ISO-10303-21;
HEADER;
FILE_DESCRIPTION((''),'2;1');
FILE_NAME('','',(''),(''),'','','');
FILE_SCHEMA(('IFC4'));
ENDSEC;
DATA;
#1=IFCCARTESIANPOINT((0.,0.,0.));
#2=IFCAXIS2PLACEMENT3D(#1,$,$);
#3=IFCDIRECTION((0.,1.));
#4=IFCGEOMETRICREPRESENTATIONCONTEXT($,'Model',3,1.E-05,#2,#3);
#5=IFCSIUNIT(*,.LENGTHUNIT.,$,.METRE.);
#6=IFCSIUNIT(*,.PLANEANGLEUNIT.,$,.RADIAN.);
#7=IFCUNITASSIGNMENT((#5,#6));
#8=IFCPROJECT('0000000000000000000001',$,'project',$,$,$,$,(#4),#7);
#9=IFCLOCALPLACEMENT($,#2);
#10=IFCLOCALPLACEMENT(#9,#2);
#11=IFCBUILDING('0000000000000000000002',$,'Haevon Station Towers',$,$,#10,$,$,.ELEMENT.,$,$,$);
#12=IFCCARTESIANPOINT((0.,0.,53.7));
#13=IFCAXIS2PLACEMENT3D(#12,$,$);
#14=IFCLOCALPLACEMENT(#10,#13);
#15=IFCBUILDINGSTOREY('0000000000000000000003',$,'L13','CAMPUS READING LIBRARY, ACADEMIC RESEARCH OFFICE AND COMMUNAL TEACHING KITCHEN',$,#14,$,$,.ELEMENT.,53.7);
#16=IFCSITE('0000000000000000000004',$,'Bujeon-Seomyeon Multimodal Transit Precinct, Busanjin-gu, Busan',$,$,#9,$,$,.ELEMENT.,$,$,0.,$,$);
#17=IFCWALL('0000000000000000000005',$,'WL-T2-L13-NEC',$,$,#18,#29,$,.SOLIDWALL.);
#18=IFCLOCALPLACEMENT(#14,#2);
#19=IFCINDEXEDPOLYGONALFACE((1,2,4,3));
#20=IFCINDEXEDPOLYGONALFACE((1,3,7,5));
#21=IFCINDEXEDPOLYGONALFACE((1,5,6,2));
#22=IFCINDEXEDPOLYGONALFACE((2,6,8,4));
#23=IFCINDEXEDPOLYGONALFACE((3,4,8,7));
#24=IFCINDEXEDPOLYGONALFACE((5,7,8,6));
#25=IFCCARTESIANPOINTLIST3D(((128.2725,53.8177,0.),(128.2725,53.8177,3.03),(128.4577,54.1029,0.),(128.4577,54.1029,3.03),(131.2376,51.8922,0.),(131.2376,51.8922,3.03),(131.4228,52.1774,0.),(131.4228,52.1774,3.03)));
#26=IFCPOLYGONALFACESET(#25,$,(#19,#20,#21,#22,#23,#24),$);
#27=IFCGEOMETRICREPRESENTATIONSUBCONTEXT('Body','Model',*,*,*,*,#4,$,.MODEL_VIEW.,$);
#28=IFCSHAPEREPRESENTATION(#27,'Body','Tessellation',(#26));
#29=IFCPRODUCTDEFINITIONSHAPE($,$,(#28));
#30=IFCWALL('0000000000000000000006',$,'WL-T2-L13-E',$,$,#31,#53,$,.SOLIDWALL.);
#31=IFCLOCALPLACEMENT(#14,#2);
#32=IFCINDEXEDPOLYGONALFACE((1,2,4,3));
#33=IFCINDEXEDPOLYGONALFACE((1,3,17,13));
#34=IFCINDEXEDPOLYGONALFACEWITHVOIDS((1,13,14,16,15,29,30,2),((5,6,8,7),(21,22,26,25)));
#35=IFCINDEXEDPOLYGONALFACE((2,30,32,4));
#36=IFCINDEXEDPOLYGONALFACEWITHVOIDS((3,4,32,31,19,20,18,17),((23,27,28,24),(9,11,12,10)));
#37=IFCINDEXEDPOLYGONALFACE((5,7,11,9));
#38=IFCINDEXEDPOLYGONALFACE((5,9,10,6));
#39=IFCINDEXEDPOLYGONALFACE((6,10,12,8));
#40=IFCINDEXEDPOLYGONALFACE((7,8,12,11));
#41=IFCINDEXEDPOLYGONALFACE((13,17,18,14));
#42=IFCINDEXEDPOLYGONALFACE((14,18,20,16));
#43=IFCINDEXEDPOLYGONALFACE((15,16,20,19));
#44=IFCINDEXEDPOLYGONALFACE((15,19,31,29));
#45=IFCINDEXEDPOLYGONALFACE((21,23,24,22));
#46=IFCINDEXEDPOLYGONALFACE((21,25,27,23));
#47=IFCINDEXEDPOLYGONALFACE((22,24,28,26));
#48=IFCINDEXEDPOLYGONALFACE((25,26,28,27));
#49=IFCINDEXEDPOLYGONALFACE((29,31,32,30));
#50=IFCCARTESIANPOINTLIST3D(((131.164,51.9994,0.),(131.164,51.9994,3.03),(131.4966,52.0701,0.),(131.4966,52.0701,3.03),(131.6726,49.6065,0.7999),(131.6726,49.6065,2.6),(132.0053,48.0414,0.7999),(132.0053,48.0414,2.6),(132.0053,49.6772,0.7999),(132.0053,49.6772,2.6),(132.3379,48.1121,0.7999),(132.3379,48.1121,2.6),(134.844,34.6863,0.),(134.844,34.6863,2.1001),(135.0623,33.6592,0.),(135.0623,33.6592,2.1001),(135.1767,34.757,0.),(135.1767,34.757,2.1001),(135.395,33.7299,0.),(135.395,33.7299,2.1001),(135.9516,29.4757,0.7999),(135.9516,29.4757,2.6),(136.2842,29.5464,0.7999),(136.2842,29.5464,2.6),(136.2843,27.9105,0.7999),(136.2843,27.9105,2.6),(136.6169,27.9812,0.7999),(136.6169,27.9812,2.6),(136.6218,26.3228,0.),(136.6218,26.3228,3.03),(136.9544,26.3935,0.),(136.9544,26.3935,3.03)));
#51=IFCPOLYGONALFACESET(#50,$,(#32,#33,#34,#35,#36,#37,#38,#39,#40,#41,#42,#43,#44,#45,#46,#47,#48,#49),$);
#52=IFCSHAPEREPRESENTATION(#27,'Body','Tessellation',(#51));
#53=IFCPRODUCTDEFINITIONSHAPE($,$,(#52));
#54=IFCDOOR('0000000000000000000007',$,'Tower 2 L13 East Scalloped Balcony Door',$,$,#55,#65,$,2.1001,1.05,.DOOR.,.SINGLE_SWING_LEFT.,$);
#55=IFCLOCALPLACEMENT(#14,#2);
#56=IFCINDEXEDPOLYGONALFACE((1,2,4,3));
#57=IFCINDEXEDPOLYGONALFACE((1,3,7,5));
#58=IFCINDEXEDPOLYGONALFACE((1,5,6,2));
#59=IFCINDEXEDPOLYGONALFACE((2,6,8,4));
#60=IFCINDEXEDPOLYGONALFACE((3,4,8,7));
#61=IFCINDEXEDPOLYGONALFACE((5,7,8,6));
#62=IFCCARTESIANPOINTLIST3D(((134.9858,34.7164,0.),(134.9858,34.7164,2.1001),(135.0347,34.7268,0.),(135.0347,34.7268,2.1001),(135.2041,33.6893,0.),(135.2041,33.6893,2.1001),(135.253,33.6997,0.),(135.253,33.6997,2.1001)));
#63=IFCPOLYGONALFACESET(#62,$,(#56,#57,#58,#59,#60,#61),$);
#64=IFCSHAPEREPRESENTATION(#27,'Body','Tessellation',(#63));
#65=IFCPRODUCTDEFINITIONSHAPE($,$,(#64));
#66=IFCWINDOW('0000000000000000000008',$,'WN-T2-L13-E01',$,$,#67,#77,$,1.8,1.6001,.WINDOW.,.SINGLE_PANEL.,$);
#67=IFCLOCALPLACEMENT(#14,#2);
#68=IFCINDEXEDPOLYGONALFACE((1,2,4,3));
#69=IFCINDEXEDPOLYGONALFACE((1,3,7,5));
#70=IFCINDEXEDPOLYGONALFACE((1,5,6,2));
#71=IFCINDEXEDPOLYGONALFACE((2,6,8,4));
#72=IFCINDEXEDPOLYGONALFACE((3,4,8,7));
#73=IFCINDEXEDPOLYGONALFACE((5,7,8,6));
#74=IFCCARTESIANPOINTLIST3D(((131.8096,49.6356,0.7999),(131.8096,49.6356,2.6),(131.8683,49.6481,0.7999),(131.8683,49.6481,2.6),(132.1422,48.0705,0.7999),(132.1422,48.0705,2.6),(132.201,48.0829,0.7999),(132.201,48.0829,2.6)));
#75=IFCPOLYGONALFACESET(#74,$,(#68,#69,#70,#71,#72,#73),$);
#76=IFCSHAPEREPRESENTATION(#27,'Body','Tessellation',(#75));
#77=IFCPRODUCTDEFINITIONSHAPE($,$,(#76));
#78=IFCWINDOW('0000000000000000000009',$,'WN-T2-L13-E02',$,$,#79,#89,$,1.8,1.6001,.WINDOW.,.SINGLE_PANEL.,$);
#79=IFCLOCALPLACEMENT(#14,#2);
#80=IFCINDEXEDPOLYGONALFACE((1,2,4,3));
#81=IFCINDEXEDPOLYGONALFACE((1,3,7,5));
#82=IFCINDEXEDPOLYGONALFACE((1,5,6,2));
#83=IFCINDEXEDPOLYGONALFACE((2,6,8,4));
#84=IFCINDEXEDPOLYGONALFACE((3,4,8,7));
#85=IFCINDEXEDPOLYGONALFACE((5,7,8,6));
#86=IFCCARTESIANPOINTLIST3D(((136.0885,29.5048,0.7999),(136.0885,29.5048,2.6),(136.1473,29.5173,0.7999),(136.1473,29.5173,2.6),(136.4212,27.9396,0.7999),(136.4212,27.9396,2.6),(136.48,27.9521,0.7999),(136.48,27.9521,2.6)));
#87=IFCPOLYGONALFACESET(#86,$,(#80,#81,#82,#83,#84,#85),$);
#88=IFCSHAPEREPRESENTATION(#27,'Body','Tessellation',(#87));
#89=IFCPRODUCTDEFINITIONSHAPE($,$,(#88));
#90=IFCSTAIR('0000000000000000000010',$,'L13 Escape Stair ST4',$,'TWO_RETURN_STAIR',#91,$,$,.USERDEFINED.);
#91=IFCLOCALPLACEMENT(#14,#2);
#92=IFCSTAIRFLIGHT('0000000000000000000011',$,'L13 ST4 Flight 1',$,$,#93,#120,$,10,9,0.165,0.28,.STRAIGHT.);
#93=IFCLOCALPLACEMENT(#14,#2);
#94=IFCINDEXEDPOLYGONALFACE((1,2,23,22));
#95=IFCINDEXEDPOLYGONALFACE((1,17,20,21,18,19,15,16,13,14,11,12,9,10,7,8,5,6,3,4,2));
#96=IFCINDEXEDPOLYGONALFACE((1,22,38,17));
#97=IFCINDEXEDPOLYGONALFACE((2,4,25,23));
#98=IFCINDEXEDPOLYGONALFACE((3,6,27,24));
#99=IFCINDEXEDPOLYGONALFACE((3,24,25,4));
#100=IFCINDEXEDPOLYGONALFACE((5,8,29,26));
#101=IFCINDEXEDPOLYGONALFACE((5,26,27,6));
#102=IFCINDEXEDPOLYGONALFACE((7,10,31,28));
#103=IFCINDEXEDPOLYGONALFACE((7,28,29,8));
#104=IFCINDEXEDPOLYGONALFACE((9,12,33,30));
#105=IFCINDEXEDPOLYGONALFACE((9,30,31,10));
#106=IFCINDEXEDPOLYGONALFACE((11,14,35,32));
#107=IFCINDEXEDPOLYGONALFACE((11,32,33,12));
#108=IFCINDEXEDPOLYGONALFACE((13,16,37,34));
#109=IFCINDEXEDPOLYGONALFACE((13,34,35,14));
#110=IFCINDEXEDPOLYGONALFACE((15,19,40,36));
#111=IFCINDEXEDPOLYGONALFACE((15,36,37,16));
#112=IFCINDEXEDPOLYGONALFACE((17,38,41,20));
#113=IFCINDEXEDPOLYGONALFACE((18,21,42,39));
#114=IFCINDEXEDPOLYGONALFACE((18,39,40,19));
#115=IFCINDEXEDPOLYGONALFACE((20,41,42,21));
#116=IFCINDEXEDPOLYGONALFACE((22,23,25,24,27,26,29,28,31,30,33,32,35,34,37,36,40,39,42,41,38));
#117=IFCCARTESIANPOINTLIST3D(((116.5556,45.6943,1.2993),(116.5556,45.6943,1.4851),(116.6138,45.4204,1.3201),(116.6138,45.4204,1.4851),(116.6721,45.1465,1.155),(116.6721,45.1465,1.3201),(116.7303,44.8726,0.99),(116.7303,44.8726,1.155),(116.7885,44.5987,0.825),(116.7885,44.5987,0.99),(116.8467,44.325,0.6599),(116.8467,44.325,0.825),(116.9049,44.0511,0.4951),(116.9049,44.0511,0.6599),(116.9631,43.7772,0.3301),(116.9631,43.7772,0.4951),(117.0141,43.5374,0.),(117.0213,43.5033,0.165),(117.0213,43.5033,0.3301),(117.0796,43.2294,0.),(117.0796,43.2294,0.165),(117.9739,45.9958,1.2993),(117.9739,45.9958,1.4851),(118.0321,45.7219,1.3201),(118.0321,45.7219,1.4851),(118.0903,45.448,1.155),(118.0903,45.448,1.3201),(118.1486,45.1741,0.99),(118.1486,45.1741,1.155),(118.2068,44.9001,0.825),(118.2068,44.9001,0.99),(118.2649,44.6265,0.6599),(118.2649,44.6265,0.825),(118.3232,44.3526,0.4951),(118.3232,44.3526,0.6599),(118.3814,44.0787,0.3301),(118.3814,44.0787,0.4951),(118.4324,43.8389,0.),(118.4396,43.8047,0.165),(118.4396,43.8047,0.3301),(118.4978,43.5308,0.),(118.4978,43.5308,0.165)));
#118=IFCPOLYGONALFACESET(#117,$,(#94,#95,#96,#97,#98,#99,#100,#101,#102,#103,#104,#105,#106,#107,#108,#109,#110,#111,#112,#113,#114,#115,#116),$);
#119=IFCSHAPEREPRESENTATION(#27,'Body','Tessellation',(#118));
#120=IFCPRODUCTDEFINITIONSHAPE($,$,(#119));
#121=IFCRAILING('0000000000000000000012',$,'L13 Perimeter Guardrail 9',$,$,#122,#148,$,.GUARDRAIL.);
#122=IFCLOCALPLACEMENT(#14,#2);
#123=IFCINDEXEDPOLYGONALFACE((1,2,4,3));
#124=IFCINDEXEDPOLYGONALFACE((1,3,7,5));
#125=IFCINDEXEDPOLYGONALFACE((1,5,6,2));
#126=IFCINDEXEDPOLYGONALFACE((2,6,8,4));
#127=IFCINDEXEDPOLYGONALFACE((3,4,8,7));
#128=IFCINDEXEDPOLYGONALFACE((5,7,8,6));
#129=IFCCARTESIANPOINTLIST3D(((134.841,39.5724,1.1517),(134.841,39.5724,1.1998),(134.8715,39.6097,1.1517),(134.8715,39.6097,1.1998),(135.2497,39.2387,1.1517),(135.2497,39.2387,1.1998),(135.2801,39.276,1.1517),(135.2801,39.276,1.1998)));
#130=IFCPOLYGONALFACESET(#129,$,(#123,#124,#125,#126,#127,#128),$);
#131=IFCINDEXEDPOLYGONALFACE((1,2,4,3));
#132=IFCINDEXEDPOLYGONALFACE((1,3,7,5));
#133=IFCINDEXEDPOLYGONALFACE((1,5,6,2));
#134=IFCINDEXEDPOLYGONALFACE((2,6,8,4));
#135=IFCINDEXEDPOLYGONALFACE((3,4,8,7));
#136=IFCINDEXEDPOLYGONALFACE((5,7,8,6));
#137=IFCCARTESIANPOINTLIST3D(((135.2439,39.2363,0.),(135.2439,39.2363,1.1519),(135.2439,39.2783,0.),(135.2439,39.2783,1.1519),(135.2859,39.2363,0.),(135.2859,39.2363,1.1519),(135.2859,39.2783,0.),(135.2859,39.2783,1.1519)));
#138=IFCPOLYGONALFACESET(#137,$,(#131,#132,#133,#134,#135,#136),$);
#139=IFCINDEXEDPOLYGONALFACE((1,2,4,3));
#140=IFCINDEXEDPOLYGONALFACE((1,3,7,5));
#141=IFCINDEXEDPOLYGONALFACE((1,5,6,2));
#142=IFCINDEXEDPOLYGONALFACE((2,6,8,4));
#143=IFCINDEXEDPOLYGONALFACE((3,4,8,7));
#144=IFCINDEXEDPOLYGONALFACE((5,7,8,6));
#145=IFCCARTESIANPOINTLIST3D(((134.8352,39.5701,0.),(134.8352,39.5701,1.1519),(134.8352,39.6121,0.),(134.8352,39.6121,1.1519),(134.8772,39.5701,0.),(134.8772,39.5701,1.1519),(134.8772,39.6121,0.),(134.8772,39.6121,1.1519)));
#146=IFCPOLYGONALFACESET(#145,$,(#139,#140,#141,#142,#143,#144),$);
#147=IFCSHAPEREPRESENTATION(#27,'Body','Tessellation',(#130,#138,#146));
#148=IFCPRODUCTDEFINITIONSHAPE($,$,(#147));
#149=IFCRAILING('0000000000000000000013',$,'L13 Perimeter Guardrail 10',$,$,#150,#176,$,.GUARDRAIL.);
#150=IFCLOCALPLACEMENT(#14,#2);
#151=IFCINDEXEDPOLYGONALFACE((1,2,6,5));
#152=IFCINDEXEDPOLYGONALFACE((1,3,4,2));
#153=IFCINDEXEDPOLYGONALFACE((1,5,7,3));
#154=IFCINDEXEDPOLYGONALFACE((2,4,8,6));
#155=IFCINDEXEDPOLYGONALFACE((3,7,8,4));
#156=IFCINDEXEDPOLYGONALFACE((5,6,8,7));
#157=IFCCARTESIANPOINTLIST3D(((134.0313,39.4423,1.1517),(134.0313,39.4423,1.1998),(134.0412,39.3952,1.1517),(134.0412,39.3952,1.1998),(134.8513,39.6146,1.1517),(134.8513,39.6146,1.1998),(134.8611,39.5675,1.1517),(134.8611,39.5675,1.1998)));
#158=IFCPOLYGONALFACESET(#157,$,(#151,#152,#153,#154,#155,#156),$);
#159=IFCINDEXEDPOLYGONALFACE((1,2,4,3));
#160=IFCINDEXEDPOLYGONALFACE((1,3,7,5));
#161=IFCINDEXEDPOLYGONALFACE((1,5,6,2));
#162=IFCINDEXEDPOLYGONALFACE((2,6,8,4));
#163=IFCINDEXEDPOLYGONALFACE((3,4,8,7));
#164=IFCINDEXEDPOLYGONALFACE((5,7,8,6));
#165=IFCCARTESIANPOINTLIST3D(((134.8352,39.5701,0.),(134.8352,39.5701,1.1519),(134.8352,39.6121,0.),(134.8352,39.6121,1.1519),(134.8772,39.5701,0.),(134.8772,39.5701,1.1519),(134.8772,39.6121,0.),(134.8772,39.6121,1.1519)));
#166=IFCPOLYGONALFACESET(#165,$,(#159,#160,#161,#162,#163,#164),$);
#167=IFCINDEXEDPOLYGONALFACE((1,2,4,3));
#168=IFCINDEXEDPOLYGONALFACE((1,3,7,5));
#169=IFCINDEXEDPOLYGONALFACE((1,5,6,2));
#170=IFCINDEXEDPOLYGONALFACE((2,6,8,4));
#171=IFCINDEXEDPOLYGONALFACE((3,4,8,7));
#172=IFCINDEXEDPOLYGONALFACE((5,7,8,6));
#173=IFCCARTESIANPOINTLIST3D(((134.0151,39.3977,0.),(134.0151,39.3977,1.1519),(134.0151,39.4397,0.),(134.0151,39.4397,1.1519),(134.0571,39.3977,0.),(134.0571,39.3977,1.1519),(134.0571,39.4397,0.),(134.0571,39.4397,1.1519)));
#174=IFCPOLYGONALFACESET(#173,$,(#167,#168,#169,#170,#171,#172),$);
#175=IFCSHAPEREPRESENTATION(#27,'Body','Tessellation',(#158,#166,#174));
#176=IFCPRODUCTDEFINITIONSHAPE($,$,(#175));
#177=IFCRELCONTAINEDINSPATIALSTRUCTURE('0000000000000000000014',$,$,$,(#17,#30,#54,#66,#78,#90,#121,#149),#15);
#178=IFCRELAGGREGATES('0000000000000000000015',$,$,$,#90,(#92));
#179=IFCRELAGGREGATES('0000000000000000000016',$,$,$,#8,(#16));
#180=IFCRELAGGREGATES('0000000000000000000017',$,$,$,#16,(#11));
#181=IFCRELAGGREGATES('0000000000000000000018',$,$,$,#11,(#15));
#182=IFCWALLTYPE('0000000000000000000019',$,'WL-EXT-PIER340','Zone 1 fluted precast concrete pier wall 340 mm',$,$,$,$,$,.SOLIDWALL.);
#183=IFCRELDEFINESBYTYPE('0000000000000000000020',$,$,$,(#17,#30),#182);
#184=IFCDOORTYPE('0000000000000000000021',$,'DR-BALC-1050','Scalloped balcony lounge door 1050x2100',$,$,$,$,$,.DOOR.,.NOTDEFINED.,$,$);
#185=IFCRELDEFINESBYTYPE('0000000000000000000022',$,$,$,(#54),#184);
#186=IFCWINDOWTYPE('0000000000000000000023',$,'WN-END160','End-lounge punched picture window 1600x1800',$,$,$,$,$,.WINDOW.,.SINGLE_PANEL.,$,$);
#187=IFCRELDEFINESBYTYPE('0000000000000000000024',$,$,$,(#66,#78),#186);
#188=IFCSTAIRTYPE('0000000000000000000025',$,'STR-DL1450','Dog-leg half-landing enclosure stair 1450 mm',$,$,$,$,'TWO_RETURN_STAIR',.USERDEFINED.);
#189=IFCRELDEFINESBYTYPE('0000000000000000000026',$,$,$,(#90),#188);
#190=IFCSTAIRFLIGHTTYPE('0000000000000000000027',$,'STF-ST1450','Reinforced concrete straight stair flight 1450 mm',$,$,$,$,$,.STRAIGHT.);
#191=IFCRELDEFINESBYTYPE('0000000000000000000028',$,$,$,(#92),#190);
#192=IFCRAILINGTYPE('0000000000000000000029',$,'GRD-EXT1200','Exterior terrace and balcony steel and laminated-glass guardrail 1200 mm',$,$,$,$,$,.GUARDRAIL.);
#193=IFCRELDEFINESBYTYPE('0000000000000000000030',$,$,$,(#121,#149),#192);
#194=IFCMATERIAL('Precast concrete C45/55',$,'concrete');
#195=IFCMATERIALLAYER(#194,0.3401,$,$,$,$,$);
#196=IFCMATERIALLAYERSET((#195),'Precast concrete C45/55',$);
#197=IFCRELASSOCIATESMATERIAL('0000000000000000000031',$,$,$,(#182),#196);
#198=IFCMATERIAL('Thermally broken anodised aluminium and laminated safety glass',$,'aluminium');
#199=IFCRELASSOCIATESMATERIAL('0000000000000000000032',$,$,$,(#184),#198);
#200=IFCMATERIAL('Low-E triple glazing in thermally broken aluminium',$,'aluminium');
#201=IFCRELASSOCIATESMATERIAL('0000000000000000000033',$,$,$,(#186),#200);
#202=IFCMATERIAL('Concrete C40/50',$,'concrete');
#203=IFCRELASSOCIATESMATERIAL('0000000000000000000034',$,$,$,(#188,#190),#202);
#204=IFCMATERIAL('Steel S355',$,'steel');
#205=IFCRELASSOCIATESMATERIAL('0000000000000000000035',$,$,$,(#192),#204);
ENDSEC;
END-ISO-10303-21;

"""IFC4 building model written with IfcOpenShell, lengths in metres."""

from ifc_helpers import new_model, si_unit, direction, frame, frame_2d, origin, origin_2d, place, context, subcontext, project, spatial, polyline, rectangle, outline, extrude, material, layer, layer_set, type_object, element, fill, aggregate, save


model = new_model("IFC4")

# Units and contexts
model_context = context("Model", 3, precision=1e-05, world=origin(), true_north=direction((0.0, 1.0)))
body_context = subcontext(model_context, "Body", "Model", "MODEL_VIEW")
ifc_project = project(units=[si_unit("LENGTHUNIT", "METRE"), si_unit("PLANEANGLEUNIT", "RADIAN")], contexts=[model_context])

# Site, building, storey
site_placement = place(None, origin())
site = spatial("IfcSite", under=ifc_project, at=site_placement, Name="Bujeon-Seomyeon Multimodal Transit Precinct, Busanjin-gu, Busan", CompositionType="ELEMENT", RefElevation=0.0)
building_placement = place(site_placement, origin())
building = spatial("IfcBuilding", under=site, at=building_placement, Name="Haevon Station Towers", CompositionType="ELEMENT")
storey_placement = place(building_placement, frame((0.0, 0.0, 53.7)))
storey = spatial("IfcBuildingStorey", under=building, at=storey_placement, Name="L13", Description="CAMPUS READING LIBRARY, ACADEMIC RESEARCH OFFICE AND COMMUNAL TEACHING KITCHEN", CompositionType="ELEMENT", Elevation=53.7)

# Shared definitions
ifc_material_1 = material(Name="Steel S355", Category="steel")

# Wall
ifc_material_2 = material(Name="Precast concrete C45/55", Category="concrete")
ifc_layer_1 = layer(ifc_material_2, 0.3401)
ifc_layer_set_1 = layer_set([ifc_layer_1], Name="Precast concrete C45/55")
wall_type_1 = type_object("IfcWallType", Name="WL-EXT-PIER340", Description="Zone 1 fluted precast concrete pier wall 340 mm", PredefinedType="SOLIDWALL", material=ifc_layer_set_1)
wall_1_placement = place(storey_placement, frame((128.3652, 53.9602, 0.0), z_axis=(0.0, 0.0, 1.0), x_axis=(0.838672, -0.544636, 0.0)))
element("IfcWall", 1, at=wall_1_placement, inside=storey, type_object=wall_type_1, Name="WL-T2-L13-NEC", PredefinedType="SOLIDWALL", context=body_context, shape_type="SweptSolid", body=[
    extrude(rectangle(XDim=3.5354, YDim=0.3401, at=frame_2d((1.7676, 0.0))), origin(), (0.0, 0.0, 1.0), 3.03),
])

# Wall, openings, door, windows
wall_2_placement = place(storey_placement, frame((131.3303, 52.0347, 0.0), z_axis=(0.0, 0.0, 1.0), x_axis=(0.207914, -0.978147, 0.0)))
wall_2 = element("IfcWall", 2, at=wall_2_placement, inside=storey, type_object=wall_type_1, Name="WL-T2-L13-E", PredefinedType="SOLIDWALL", context=body_context, shape_type="SweptSolid", body=[
    extrude(rectangle(XDim=26.2502, YDim=0.3401, at=frame_2d((13.125, 0.0))), origin(), (0.0, 0.0, 1.0), 3.03),
])
opening_1_placement = place(wall_2_placement, frame((17.7, 0.0, 0.0)))
opening_1 = element("IfcOpeningElement", 3, at=opening_1_placement, cuts=wall_2, PredefinedType="OPENING", context=body_context, shape_type="SweptSolid", body=[
    extrude(rectangle(XDim=1.05, YDim=2.1001, at=frame_2d((0.5249, 1.05))), frame((0.0, 0.1799, 0.0), z_axis=(0.0, -1.0, 0.0), x_axis=(1.0, 0.0, 0.0)), (0.0, 0.0, 1.0), 0.3601),
])
opening_2_placement = place(wall_2_placement, frame((2.4463, 0.0, 0.8)))
opening_2 = element("IfcOpeningElement", 4, at=opening_2_placement, cuts=wall_2, PredefinedType="OPENING", context=body_context, shape_type="SweptSolid", body=[
    extrude(rectangle(XDim=1.6001, YDim=1.8, at=frame_2d((0.8, 0.8999))), frame((0.0, 0.1799, 0.0), z_axis=(0.0, -1.0, 0.0), x_axis=(1.0, 0.0, 0.0)), (0.0, 0.0, 1.0), 0.3601),
])
opening_3_placement = place(wall_2_placement, frame((23.0269, 0.0, 0.8)))
opening_3 = element("IfcOpeningElement", 5, at=opening_3_placement, cuts=wall_2, PredefinedType="OPENING", context=body_context, shape_type="SweptSolid", body=[
    extrude(rectangle(XDim=1.6001, YDim=1.8, at=frame_2d((0.8, 0.8999))), frame((0.0, 0.1799, 0.0), z_axis=(0.0, -1.0, 0.0), x_axis=(1.0, 0.0, 0.0)), (0.0, 0.0, 1.0), 0.3601),
])
ifc_material_3 = material(Name="Thermally broken anodised aluminium and laminated safety glass", Category="aluminium")
door_type = type_object("IfcDoorType", Name="DR-BALC-1050", Description="Scalloped balcony lounge door 1050x2100", OperationType="NOTDEFINED", PredefinedType="DOOR", material=ifc_material_3)
door_placement = place(opening_1_placement, origin())
door = element("IfcDoor", 6, at=door_placement, inside=storey, type_object=door_type, Name="Tower 2 L13 East Scalloped Balcony Door", OperationType="SINGLE_SWING_LEFT", OverallHeight=2.1001, OverallWidth=1.05, PredefinedType="DOOR", context=body_context, shape_type="SweptSolid", body=[
    extrude(rectangle(XDim=1.05, YDim=2.1001, at=frame_2d((0.5249, 1.05))), frame((0.0, 0.0249, 0.0), z_axis=(0.0, -1.0, 0.0), x_axis=(1.0, 0.0, 0.0)), (0.0, 0.0, 1.0), 0.05),
])
fill(opening_1, door)
ifc_material_4 = material(Name="Low-E triple glazing in thermally broken aluminium", Category="aluminium")
window_type = type_object("IfcWindowType", Name="WN-END160", Description="End-lounge punched picture window 1600x1800", PartitioningType="SINGLE_PANEL", PredefinedType="WINDOW", material=ifc_material_4)
window_1_placement = place(opening_2_placement, origin())
window_1 = element("IfcWindow", 7, at=window_1_placement, inside=storey, type_object=window_type, Name="WN-T2-L13-E01", OverallHeight=1.8, OverallWidth=1.6001, PartitioningType="SINGLE_PANEL", PredefinedType="WINDOW", context=body_context, shape_type="SweptSolid", body=[
    extrude(rectangle(XDim=1.6001, YDim=1.8, at=frame_2d((0.8, 0.8999))), frame((0.0, 0.03, 0.0), z_axis=(0.0, -1.0, 0.0), x_axis=(1.0, 0.0, 0.0)), (0.0, 0.0, 1.0), 0.0601),
])
fill(opening_2, window_1)
window_2_placement = place(opening_3_placement, origin())
window_2 = element("IfcWindow", 8, at=window_2_placement, inside=storey, type_object=window_type, Name="WN-T2-L13-E02", OverallHeight=1.8, OverallWidth=1.6001, PartitioningType="SINGLE_PANEL", PredefinedType="WINDOW", context=body_context, shape_type="SweptSolid", body=[
    extrude(rectangle(XDim=1.6001, YDim=1.8, at=frame_2d((0.8, 0.8999))), frame((0.0, 0.03, 0.0), z_axis=(0.0, -1.0, 0.0), x_axis=(1.0, 0.0, 0.0)), (0.0, 0.0, 1.0), 0.0601),
])
fill(opening_3, window_2)

# Stair, stair flight
ifc_material_5 = material(Name="Concrete C40/50", Category="concrete")
stair_type = type_object("IfcStairType", Name="STR-DL1450", Description="Dog-leg half-landing enclosure stair 1450 mm", ElementType="TWO_RETURN_STAIR", PredefinedType="USERDEFINED", material=ifc_material_5)
stair_placement = place(storey_placement, origin())
stair = element("IfcStair", 9, at=stair_placement, inside=storey, type_object=stair_type, Name="L13 Escape Stair ST4", ObjectType="TWO_RETURN_STAIR", PredefinedType="USERDEFINED")
stair_flight_type = type_object("IfcStairFlightType", Name="STF-ST1450", Description="Reinforced concrete straight stair flight 1450 mm", PredefinedType="STRAIGHT", material=ifc_material_5)
stair_flight_placement = place(storey_placement, frame((117.7888, 43.3801, 0.0), z_axis=(0.0, 0.0, 1.0), x_axis=(-0.207912, 0.978148, 0.0)))
stair_flight = element("IfcStairFlight", 10, at=stair_flight_placement, type_object=stair_flight_type, Name="L13 ST4 Flight 1", NumberOfRisers=10, NumberOfTreads=9, PredefinedType="STRAIGHT", RiserHeight=0.165, TreadLength=0.28, context=body_context, shape_type="SweptSolid", body=[
    extrude(outline(polyline([(0.0, 0.0), (0.0, 0.165), (0.28, 0.165), (0.28, 0.3301), (0.5601, 0.3301), (0.5601, 0.4951), (0.8401, 0.4951), (0.8401, 0.6599), (1.1201, 0.6599), (1.1201, 0.825), (1.3999, 0.825), (1.3999, 0.99), (1.6799, 0.99), (1.6799, 1.155), (1.96, 1.155), (1.96, 1.3201), (2.24, 1.3201), (2.24, 1.4851), (2.52, 1.4851), (2.52, 1.6499), (2.52, 1.2993), (0.3149, 0.0), (0.0, 0.0)])), frame((0.0, 0.7251, 0.0), z_axis=(0.0, -1.0, 0.0), x_axis=(1.0, 0.0, 0.0)), (0.0, 0.0, 1.0), 1.45),
])
aggregate(stair, [stair_flight])

# Railings
railing_type_1 = type_object("IfcRailingType", Name="GRD-EXT1200", Description="Exterior terrace and balcony steel and laminated-glass guardrail 1200 mm", PredefinedType="GUARDRAIL", material=ifc_material_1)
railing_1_placement = place(storey_placement, frame((135.2649, 39.2573, 0.0)))
element("IfcRailing", 11, at=railing_1_placement, inside=storey, type_object=railing_type_1, Name="L13 Perimeter Guardrail 9", PredefinedType="GUARDRAIL", context=body_context, shape_type="SweptSolid", body=[
    extrude(rectangle(XDim=0.0481, YDim=0.0481, at=origin_2d()), frame((0.0, 0.0, 1.1758), z_axis=(-0.774555, 0.632507, 0.0), x_axis=(-0.632507, -0.774555, 0.0)), (0.0, 0.0, 1.0), 0.5276),
    extrude(rectangle(XDim=0.042, YDim=0.042, at=origin_2d()), origin(), (0.0, 0.0, 1.0), 1.1519),
    extrude(rectangle(XDim=0.042, YDim=0.042, at=origin_2d()), frame((-0.4087, 0.3337, 0.0)), (0.0, 0.0, 1.0), 1.1519),
])
railing_2_placement = place(storey_placement, frame((134.8562, 39.5911, 0.0)))
element("IfcRailing", 12, at=railing_2_placement, inside=storey, type_object=railing_type_1, Name="L13 Perimeter Guardrail 10", PredefinedType="GUARDRAIL", context=body_context, shape_type="SweptSolid", body=[
    extrude(rectangle(XDim=0.0481, YDim=0.0481, at=origin_2d()), frame((0.0, 0.0, 1.1758), z_axis=(-0.978618, -0.205687, 0.0), x_axis=(0.205687, -0.978618, 0.0)), (0.0, 0.0, 1.0), 0.8379),
    extrude(rectangle(XDim=0.042, YDim=0.042, at=origin_2d()), origin(), (0.0, 0.0, 1.0), 1.1519),
    extrude(rectangle(XDim=0.042, YDim=0.042, at=origin_2d()), frame((-0.8201, -0.1724, 0.0)), (0.0, 0.0, 1.0), 1.1519),
])

save(model, "model.ifc")
